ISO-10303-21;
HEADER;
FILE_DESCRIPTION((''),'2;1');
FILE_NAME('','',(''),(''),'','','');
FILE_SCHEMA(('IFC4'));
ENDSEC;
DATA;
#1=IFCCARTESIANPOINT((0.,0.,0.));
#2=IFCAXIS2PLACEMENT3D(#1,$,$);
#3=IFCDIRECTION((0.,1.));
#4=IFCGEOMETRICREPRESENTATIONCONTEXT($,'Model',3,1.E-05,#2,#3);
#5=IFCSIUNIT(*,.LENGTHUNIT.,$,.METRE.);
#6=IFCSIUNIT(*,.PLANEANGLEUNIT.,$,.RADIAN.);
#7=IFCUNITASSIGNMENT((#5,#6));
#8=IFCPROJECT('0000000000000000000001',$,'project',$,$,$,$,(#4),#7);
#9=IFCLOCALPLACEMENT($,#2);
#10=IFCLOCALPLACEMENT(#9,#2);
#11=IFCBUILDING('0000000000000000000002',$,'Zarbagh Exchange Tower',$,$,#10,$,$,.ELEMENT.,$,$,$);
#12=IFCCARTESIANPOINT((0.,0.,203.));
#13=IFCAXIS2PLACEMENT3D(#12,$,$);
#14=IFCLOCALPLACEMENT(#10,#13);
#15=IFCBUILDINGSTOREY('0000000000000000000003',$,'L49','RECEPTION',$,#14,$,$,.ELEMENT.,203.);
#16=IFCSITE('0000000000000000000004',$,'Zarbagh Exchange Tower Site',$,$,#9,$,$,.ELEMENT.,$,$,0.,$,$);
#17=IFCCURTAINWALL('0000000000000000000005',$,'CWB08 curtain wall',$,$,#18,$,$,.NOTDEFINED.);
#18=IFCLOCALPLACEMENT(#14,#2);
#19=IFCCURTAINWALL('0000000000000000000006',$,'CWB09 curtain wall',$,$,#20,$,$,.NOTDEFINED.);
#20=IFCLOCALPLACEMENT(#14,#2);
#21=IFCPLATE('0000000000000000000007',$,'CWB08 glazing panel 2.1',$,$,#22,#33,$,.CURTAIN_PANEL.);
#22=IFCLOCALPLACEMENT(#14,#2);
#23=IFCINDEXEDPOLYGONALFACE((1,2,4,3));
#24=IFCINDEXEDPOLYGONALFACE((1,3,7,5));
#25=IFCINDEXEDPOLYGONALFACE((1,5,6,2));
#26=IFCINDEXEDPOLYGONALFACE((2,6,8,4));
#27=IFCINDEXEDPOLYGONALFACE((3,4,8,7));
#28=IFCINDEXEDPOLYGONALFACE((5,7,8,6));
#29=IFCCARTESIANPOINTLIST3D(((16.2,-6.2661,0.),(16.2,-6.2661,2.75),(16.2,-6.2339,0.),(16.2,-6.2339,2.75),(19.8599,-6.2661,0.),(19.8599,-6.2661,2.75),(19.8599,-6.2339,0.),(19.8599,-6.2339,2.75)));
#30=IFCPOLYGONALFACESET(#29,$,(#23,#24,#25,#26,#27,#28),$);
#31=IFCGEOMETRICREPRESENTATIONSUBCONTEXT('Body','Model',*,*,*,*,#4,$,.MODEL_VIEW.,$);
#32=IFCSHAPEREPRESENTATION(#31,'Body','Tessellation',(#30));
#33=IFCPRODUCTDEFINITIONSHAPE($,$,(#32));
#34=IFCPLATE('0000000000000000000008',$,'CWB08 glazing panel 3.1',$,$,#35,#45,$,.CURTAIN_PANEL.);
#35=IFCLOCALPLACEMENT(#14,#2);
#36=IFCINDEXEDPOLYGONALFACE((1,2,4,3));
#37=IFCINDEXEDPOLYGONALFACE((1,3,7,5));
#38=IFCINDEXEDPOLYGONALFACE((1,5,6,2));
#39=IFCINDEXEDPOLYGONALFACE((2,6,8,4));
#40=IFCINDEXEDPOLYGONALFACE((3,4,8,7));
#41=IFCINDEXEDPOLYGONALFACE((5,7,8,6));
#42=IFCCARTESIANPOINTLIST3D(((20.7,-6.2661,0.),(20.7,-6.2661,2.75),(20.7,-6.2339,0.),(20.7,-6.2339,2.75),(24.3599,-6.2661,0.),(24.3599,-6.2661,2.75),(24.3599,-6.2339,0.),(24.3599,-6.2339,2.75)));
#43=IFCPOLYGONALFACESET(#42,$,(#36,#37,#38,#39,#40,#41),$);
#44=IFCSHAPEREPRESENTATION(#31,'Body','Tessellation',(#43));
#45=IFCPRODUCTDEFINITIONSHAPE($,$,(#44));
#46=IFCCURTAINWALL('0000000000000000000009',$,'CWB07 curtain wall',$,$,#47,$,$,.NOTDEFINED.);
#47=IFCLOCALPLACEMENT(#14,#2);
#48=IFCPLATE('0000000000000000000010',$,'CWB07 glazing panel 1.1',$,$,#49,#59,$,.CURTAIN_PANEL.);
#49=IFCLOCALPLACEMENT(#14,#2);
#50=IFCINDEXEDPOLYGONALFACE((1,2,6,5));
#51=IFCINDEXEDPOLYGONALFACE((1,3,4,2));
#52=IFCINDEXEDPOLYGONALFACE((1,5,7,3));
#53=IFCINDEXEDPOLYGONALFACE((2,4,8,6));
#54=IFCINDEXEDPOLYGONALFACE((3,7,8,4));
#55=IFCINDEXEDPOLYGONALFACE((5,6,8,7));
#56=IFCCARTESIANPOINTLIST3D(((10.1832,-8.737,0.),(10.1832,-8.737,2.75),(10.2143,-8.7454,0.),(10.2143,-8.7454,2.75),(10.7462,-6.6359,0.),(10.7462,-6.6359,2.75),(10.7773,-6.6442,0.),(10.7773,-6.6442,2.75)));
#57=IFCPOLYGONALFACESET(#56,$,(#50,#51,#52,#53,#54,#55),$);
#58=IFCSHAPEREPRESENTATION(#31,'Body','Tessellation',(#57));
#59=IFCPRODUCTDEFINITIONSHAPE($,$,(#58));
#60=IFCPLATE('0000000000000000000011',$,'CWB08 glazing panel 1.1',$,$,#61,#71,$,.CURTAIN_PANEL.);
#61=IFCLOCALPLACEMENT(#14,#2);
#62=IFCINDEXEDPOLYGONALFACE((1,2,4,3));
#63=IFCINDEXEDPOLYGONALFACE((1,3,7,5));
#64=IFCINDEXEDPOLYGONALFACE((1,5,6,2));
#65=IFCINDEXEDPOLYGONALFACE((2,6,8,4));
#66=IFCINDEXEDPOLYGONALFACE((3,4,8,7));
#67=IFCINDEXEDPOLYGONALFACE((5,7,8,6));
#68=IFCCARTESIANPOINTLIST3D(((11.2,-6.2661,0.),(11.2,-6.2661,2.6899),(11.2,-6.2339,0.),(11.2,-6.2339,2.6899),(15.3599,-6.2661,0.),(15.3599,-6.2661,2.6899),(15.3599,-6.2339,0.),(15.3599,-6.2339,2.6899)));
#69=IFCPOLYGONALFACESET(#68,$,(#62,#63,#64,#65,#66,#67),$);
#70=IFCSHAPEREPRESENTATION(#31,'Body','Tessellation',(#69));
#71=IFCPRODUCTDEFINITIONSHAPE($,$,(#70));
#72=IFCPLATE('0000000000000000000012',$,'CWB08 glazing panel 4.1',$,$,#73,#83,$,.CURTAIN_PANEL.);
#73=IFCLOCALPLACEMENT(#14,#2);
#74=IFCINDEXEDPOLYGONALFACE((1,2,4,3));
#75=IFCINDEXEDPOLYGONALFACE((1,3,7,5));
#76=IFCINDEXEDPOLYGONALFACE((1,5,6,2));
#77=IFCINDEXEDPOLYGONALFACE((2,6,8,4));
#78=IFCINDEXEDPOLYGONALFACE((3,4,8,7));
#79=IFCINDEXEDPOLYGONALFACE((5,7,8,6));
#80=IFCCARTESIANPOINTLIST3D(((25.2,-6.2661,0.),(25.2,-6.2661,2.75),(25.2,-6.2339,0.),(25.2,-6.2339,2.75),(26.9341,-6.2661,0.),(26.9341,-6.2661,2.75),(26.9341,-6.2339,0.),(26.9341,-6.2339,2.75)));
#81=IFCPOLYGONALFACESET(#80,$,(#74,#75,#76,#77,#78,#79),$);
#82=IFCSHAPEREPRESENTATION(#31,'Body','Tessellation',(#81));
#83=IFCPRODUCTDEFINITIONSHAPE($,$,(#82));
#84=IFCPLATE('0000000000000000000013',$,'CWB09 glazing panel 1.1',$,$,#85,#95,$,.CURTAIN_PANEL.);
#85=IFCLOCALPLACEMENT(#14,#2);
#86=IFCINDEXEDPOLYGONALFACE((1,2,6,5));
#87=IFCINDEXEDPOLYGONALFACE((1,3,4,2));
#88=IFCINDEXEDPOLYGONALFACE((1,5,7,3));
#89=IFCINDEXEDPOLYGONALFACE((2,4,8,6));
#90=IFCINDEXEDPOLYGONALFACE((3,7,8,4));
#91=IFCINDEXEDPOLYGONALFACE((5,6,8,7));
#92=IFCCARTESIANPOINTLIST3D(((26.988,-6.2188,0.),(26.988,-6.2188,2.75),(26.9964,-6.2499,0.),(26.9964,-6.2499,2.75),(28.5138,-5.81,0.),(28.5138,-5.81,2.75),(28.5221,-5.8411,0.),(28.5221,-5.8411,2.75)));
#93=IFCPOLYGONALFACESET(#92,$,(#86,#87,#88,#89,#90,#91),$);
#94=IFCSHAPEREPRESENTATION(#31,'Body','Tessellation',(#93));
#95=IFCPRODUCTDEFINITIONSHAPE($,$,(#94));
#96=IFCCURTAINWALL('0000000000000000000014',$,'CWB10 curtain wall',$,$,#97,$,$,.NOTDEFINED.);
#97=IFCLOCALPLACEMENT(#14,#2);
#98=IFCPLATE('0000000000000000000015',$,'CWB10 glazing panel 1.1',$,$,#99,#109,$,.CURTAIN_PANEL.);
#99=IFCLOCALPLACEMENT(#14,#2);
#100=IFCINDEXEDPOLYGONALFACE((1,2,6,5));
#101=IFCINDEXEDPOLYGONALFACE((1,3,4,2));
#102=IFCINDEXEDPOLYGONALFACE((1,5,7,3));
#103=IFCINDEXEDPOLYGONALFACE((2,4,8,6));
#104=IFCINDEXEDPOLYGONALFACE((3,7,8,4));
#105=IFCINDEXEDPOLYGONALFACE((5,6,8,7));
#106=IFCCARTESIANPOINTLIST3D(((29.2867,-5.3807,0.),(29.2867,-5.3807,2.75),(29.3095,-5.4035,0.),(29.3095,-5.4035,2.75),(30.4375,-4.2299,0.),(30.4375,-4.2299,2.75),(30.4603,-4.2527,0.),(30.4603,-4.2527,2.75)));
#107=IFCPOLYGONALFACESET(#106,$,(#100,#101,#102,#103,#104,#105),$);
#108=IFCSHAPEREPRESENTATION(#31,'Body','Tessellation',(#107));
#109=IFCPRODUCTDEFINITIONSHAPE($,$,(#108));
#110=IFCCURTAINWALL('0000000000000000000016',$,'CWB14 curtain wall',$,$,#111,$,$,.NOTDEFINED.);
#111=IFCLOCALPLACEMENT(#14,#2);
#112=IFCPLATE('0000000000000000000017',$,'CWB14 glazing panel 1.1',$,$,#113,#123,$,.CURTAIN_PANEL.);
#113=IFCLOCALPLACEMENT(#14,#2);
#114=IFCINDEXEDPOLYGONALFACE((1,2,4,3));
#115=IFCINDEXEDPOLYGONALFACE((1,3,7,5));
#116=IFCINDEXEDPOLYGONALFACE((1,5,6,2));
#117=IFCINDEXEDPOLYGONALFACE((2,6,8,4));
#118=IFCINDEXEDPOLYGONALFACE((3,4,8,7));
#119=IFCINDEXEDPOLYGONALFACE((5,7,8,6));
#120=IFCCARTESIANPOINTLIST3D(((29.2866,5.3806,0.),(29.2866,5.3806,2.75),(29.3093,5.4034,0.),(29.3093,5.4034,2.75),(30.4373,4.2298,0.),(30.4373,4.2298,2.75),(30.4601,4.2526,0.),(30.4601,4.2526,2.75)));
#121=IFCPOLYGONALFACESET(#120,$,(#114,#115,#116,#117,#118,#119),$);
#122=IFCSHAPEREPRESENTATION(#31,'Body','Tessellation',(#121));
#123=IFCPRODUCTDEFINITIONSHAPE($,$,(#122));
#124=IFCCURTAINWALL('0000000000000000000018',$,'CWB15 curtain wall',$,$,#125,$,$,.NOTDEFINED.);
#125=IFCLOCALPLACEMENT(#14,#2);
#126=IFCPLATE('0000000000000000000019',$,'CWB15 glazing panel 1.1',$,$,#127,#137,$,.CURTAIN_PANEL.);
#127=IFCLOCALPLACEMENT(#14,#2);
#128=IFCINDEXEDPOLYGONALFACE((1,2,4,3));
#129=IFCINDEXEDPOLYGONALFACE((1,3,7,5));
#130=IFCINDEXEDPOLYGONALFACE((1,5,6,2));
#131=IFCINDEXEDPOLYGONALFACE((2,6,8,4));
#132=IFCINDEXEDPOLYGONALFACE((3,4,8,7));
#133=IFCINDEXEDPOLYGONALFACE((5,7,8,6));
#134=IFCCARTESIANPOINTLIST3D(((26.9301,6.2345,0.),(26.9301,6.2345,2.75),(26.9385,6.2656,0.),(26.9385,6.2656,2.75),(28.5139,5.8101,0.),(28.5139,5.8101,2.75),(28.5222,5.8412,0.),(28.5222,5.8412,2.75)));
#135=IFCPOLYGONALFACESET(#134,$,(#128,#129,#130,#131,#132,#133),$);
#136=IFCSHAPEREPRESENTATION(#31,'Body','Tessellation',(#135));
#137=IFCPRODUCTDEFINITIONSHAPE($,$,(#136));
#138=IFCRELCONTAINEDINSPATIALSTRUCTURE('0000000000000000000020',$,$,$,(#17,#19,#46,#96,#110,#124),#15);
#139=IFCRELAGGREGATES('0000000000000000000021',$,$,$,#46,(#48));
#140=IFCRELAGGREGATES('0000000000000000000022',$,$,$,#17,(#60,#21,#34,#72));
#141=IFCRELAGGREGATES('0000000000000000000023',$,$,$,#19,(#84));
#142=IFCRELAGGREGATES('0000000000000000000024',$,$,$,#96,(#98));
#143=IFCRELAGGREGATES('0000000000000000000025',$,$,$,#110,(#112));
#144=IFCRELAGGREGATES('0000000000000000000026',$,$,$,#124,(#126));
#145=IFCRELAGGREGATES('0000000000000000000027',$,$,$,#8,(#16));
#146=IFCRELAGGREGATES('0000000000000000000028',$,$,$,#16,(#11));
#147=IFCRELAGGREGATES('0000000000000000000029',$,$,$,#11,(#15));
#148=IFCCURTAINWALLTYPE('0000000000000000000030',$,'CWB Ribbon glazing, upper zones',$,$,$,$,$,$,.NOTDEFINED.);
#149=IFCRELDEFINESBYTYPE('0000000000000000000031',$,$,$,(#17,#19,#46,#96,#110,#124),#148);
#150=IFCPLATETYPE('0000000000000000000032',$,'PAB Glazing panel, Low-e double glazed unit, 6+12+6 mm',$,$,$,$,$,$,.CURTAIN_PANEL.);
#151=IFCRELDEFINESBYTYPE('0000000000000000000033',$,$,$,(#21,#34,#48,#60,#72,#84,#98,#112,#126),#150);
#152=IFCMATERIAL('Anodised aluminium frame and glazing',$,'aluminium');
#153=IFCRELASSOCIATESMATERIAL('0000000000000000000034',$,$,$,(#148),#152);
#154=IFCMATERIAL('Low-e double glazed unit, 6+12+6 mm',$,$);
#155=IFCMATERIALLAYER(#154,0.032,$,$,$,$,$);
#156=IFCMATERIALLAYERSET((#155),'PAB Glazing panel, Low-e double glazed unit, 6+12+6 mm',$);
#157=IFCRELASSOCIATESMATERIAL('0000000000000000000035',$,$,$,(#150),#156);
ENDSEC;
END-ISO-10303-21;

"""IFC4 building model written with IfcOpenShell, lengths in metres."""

from ifc_helpers import new_model, si_unit, direction, frame, origin, place, context, subcontext, project, spatial, polyline, outline, extrude, source, transform, mapped, material, layer, layer_set, type_object, element, aggregate, save


model = new_model("IFC4")

# Units and contexts
model_context = context("Model", 3, precision=1e-05, world=origin(), true_north=direction((0.0, 1.0)))
body_context = subcontext(model_context, "Body", "Model", "MODEL_VIEW")
ifc_project = project(units=[si_unit("LENGTHUNIT", "METRE"), si_unit("PLANEANGLEUNIT", "RADIAN")], contexts=[model_context])

# Site, building, storey
site_placement = place(None, origin())
site = spatial("IfcSite", under=ifc_project, at=site_placement, Name="Zarbagh Exchange Tower Site", CompositionType="ELEMENT", RefElevation=0.0)
building_placement = place(site_placement, origin())
building = spatial("IfcBuilding", under=site, at=building_placement, Name="Zarbagh Exchange Tower", CompositionType="ELEMENT")
storey_placement = place(building_placement, frame((0.0, 0.0, 203.0)))
storey = spatial("IfcBuildingStorey", under=building, at=storey_placement, Name="L49", Description="RECEPTION", CompositionType="ELEMENT", Elevation=203.0)

# Curtain wall
ifc_material_1 = material(Name="Anodised aluminium frame and glazing", Category="aluminium")
curtain_wall_type = type_object("IfcCurtainWallType", Name="CWB Ribbon glazing, upper zones", PredefinedType="NOTDEFINED", material=ifc_material_1)
curtain_wall_1_placement = place(storey_placement, origin())
curtain_wall_1 = element("IfcCurtainWall", 1, at=curtain_wall_1_placement, inside=storey, type_object=curtain_wall_type, Name="CWB08 curtain wall", PredefinedType="NOTDEFINED")
placement = place(storey_placement, origin())

# Curtain wall
curtain_wall_2_placement = place(storey_placement, origin())
curtain_wall_2 = element("IfcCurtainWall", 2, at=curtain_wall_2_placement, inside=storey, type_object=curtain_wall_type, Name="CWB09 curtain wall", PredefinedType="NOTDEFINED")

# Shared definitions
ifc_material_2 = material(Name="Low-e double glazed unit, 6+12+6 mm")
ifc_layer = layer(ifc_material_2, 0.032)
ifc_layer_set = layer_set([ifc_layer], Name="PAB Glazing panel, Low-e double glazed unit, 6+12+6 mm")
plate_type = type_object("IfcPlateType", Name="PAB Glazing panel, Low-e double glazed unit, 6+12+6 mm", PredefinedType="CURTAIN_PANEL", material=ifc_layer_set)

# Plates
shared_shape_1 = source(origin(), body_context, "Body", "SweptSolid", [
    extrude(outline(polyline([(0.0, -0.0161), (3.6599, -0.0161), (3.6599, 0.0161), (0.0, 0.0161), (0.0, -0.0161)])), origin(), (0.0, 0.0, 1.0), 2.75),
])
plate_1 = element("IfcPlate", 3, at=placement, type_object=plate_type, Name="CWB08 glazing panel 2.1", PredefinedType="CURTAIN_PANEL", context=body_context, shape_type="MappedRepresentation", body=[
    mapped(shared_shape_1, transform((16.2, -6.25, 0.0), x_axis=(1.0, 0.0, 0.0), y_axis=(0.0, 1.0, 0.0), z_axis=(0.0, 0.0, 1.0))),
])
plate_2 = element("IfcPlate", 4, at=placement, type_object=plate_type, Name="CWB08 glazing panel 3.1", PredefinedType="CURTAIN_PANEL", context=body_context, shape_type="MappedRepresentation", body=[
    mapped(shared_shape_1, transform((20.7, -6.25, 0.0), x_axis=(1.0, 0.0, 0.0), y_axis=(0.0, 1.0, 0.0), z_axis=(0.0, 0.0, 1.0))),
])

# Curtain wall, plate
curtain_wall_3_placement = place(storey_placement, origin())
curtain_wall_3 = element("IfcCurtainWall", 5, at=curtain_wall_3_placement, inside=storey, type_object=curtain_wall_type, Name="CWB07 curtain wall", PredefinedType="NOTDEFINED")
shared_shape_2 = source(origin(), body_context, "Body", "SweptSolid", [
    extrude(outline(polyline([(0.0, -0.0161), (2.1753, -0.0161), (2.1753, 0.0161), (0.0, 0.0161), (0.0, -0.0161)])), origin(), (0.0, 0.0, 1.0), 2.75),
])
plate_3 = element("IfcPlate", 6, at=placement, type_object=plate_type, Name="CWB07 glazing panel 1.1", PredefinedType="CURTAIN_PANEL", context=body_context, shape_type="MappedRepresentation", body=[
    mapped(shared_shape_2, transform((10.1987, -8.7412, 0.0), x_axis=(0.258825, 0.965924, 0.0), y_axis=(-0.965924, 0.258825, 0.0), z_axis=(0.0, 0.0, 1.0))),
])
aggregate(curtain_wall_3, [plate_3])

# Plates
shared_shape_3 = source(origin(), body_context, "Body", "SweptSolid", [
    extrude(outline(polyline([(0.0, -0.0161), (4.1599, -0.0161), (4.1599, 0.0161), (0.0, 0.0161), (0.0, -0.0161)])), origin(), (0.0, 0.0, 1.0), 2.6899),
])
plate_4 = element("IfcPlate", 7, at=placement, type_object=plate_type, Name="CWB08 glazing panel 1.1", PredefinedType="CURTAIN_PANEL", context=body_context, shape_type="MappedRepresentation", body=[
    mapped(shared_shape_3, transform((11.2, -6.25, 0.0), x_axis=(1.0, 0.0, 0.0), y_axis=(0.0, 1.0, 0.0), z_axis=(0.0, 0.0, 1.0))),
])
shared_shape_4 = source(origin(), body_context, "Body", "SweptSolid", [
    extrude(outline(polyline([(0.0, -0.0161), (1.7341, -0.0161), (1.7341, 0.0161), (0.0, 0.0161), (0.0, -0.0161)])), origin(), (0.0, 0.0, 1.0), 2.75),
])
plate_5 = element("IfcPlate", 8, at=placement, type_object=plate_type, Name="CWB08 glazing panel 4.1", PredefinedType="CURTAIN_PANEL", context=body_context, shape_type="MappedRepresentation", body=[
    mapped(shared_shape_4, transform((25.2, -6.25, 0.0), x_axis=(1.0, 0.0, 0.0), y_axis=(0.0, 1.0, 0.0), z_axis=(0.0, 0.0, 1.0))),
])
aggregate(curtain_wall_1, [plate_4, plate_1, plate_2, plate_5])
shared_shape_5 = source(origin(), body_context, "Body", "SweptSolid", [
    extrude(outline(polyline([(0.0, -0.0161), (1.5796, -0.0161), (1.5796, 0.0161), (0.0, 0.0161), (0.0, -0.0161)])), origin(), (0.0, 0.0, 1.0), 2.75),
])
plate_6 = element("IfcPlate", 9, at=placement, type_object=plate_type, Name="CWB09 glazing panel 1.1", PredefinedType="CURTAIN_PANEL", context=body_context, shape_type="MappedRepresentation", body=[
    mapped(shared_shape_5, transform((26.9922, -6.2344, 0.0), x_axis=(0.965924, 0.258825, 0.0), y_axis=(-0.258825, 0.965924, 0.0), z_axis=(0.0, 0.0, 1.0))),
])
aggregate(curtain_wall_2, [plate_6])

# Curtain walls, plates
curtain_wall_4_placement = place(storey_placement, origin())
curtain_wall_4 = element("IfcCurtainWall", 10, at=curtain_wall_4_placement, inside=storey, type_object=curtain_wall_type, Name="CWB10 curtain wall", PredefinedType="NOTDEFINED")
shared_shape_6 = source(origin(), body_context, "Body", "SweptSolid", [
    extrude(outline(polyline([(0.0, -0.0161), (1.6274, -0.0161), (1.6274, 0.0161), (0.0, 0.0161), (0.0, -0.0161)])), origin(), (0.0, 0.0, 1.0), 2.75),
])
plate_7 = element("IfcPlate", 11, at=placement, type_object=plate_type, Name="CWB10 glazing panel 1.1", PredefinedType="CURTAIN_PANEL", context=body_context, shape_type="MappedRepresentation", body=[
    mapped(shared_shape_6, transform((29.2981, -5.3921, 0.0), x_axis=(0.707107, 0.707107, 0.0), y_axis=(-0.707107, 0.707107, 0.0), z_axis=(0.0, 0.0, 1.0))),
])
aggregate(curtain_wall_4, [plate_7])
curtain_wall_5_placement = place(storey_placement, origin())
curtain_wall_5 = element("IfcCurtainWall", 12, at=curtain_wall_5_placement, inside=storey, type_object=curtain_wall_type, Name="CWB14 curtain wall", PredefinedType="NOTDEFINED")
plate_8 = element("IfcPlate", 13, at=placement, type_object=plate_type, Name="CWB14 glazing panel 1.1", PredefinedType="CURTAIN_PANEL", context=body_context, shape_type="MappedRepresentation", body=[
    mapped(shared_shape_6, transform((30.4487, 4.2412, 0.0), x_axis=(-0.707107, 0.707107, 0.0), y_axis=(-0.707107, -0.707107, 0.0), z_axis=(0.0, 0.0, 1.0))),
])
aggregate(curtain_wall_5, [plate_8])
curtain_wall_6_placement = place(storey_placement, origin())
curtain_wall_6 = element("IfcCurtainWall", 14, at=curtain_wall_6_placement, inside=storey, type_object=curtain_wall_type, Name="CWB15 curtain wall", PredefinedType="NOTDEFINED")
shared_shape_7 = source(origin(), body_context, "Body", "SweptSolid", [
    extrude(outline(polyline([(0.0, -0.0161), (1.6396, -0.0161), (1.6396, 0.0161), (0.0, 0.0161), (0.0, -0.0161)])), origin(), (0.0, 0.0, 1.0), 2.75),
])
plate_9 = element("IfcPlate", 15, at=placement, type_object=plate_type, Name="CWB15 glazing panel 1.1", PredefinedType="CURTAIN_PANEL", context=body_context, shape_type="MappedRepresentation", body=[
    mapped(shared_shape_7, transform((28.5181, 5.8257, 0.0), x_axis=(-0.965924, 0.258825, 0.0), y_axis=(-0.258825, -0.965924, 0.0), z_axis=(0.0, 0.0, 1.0))),
])
aggregate(curtain_wall_6, [plate_9])

save(model, "model.ifc")
